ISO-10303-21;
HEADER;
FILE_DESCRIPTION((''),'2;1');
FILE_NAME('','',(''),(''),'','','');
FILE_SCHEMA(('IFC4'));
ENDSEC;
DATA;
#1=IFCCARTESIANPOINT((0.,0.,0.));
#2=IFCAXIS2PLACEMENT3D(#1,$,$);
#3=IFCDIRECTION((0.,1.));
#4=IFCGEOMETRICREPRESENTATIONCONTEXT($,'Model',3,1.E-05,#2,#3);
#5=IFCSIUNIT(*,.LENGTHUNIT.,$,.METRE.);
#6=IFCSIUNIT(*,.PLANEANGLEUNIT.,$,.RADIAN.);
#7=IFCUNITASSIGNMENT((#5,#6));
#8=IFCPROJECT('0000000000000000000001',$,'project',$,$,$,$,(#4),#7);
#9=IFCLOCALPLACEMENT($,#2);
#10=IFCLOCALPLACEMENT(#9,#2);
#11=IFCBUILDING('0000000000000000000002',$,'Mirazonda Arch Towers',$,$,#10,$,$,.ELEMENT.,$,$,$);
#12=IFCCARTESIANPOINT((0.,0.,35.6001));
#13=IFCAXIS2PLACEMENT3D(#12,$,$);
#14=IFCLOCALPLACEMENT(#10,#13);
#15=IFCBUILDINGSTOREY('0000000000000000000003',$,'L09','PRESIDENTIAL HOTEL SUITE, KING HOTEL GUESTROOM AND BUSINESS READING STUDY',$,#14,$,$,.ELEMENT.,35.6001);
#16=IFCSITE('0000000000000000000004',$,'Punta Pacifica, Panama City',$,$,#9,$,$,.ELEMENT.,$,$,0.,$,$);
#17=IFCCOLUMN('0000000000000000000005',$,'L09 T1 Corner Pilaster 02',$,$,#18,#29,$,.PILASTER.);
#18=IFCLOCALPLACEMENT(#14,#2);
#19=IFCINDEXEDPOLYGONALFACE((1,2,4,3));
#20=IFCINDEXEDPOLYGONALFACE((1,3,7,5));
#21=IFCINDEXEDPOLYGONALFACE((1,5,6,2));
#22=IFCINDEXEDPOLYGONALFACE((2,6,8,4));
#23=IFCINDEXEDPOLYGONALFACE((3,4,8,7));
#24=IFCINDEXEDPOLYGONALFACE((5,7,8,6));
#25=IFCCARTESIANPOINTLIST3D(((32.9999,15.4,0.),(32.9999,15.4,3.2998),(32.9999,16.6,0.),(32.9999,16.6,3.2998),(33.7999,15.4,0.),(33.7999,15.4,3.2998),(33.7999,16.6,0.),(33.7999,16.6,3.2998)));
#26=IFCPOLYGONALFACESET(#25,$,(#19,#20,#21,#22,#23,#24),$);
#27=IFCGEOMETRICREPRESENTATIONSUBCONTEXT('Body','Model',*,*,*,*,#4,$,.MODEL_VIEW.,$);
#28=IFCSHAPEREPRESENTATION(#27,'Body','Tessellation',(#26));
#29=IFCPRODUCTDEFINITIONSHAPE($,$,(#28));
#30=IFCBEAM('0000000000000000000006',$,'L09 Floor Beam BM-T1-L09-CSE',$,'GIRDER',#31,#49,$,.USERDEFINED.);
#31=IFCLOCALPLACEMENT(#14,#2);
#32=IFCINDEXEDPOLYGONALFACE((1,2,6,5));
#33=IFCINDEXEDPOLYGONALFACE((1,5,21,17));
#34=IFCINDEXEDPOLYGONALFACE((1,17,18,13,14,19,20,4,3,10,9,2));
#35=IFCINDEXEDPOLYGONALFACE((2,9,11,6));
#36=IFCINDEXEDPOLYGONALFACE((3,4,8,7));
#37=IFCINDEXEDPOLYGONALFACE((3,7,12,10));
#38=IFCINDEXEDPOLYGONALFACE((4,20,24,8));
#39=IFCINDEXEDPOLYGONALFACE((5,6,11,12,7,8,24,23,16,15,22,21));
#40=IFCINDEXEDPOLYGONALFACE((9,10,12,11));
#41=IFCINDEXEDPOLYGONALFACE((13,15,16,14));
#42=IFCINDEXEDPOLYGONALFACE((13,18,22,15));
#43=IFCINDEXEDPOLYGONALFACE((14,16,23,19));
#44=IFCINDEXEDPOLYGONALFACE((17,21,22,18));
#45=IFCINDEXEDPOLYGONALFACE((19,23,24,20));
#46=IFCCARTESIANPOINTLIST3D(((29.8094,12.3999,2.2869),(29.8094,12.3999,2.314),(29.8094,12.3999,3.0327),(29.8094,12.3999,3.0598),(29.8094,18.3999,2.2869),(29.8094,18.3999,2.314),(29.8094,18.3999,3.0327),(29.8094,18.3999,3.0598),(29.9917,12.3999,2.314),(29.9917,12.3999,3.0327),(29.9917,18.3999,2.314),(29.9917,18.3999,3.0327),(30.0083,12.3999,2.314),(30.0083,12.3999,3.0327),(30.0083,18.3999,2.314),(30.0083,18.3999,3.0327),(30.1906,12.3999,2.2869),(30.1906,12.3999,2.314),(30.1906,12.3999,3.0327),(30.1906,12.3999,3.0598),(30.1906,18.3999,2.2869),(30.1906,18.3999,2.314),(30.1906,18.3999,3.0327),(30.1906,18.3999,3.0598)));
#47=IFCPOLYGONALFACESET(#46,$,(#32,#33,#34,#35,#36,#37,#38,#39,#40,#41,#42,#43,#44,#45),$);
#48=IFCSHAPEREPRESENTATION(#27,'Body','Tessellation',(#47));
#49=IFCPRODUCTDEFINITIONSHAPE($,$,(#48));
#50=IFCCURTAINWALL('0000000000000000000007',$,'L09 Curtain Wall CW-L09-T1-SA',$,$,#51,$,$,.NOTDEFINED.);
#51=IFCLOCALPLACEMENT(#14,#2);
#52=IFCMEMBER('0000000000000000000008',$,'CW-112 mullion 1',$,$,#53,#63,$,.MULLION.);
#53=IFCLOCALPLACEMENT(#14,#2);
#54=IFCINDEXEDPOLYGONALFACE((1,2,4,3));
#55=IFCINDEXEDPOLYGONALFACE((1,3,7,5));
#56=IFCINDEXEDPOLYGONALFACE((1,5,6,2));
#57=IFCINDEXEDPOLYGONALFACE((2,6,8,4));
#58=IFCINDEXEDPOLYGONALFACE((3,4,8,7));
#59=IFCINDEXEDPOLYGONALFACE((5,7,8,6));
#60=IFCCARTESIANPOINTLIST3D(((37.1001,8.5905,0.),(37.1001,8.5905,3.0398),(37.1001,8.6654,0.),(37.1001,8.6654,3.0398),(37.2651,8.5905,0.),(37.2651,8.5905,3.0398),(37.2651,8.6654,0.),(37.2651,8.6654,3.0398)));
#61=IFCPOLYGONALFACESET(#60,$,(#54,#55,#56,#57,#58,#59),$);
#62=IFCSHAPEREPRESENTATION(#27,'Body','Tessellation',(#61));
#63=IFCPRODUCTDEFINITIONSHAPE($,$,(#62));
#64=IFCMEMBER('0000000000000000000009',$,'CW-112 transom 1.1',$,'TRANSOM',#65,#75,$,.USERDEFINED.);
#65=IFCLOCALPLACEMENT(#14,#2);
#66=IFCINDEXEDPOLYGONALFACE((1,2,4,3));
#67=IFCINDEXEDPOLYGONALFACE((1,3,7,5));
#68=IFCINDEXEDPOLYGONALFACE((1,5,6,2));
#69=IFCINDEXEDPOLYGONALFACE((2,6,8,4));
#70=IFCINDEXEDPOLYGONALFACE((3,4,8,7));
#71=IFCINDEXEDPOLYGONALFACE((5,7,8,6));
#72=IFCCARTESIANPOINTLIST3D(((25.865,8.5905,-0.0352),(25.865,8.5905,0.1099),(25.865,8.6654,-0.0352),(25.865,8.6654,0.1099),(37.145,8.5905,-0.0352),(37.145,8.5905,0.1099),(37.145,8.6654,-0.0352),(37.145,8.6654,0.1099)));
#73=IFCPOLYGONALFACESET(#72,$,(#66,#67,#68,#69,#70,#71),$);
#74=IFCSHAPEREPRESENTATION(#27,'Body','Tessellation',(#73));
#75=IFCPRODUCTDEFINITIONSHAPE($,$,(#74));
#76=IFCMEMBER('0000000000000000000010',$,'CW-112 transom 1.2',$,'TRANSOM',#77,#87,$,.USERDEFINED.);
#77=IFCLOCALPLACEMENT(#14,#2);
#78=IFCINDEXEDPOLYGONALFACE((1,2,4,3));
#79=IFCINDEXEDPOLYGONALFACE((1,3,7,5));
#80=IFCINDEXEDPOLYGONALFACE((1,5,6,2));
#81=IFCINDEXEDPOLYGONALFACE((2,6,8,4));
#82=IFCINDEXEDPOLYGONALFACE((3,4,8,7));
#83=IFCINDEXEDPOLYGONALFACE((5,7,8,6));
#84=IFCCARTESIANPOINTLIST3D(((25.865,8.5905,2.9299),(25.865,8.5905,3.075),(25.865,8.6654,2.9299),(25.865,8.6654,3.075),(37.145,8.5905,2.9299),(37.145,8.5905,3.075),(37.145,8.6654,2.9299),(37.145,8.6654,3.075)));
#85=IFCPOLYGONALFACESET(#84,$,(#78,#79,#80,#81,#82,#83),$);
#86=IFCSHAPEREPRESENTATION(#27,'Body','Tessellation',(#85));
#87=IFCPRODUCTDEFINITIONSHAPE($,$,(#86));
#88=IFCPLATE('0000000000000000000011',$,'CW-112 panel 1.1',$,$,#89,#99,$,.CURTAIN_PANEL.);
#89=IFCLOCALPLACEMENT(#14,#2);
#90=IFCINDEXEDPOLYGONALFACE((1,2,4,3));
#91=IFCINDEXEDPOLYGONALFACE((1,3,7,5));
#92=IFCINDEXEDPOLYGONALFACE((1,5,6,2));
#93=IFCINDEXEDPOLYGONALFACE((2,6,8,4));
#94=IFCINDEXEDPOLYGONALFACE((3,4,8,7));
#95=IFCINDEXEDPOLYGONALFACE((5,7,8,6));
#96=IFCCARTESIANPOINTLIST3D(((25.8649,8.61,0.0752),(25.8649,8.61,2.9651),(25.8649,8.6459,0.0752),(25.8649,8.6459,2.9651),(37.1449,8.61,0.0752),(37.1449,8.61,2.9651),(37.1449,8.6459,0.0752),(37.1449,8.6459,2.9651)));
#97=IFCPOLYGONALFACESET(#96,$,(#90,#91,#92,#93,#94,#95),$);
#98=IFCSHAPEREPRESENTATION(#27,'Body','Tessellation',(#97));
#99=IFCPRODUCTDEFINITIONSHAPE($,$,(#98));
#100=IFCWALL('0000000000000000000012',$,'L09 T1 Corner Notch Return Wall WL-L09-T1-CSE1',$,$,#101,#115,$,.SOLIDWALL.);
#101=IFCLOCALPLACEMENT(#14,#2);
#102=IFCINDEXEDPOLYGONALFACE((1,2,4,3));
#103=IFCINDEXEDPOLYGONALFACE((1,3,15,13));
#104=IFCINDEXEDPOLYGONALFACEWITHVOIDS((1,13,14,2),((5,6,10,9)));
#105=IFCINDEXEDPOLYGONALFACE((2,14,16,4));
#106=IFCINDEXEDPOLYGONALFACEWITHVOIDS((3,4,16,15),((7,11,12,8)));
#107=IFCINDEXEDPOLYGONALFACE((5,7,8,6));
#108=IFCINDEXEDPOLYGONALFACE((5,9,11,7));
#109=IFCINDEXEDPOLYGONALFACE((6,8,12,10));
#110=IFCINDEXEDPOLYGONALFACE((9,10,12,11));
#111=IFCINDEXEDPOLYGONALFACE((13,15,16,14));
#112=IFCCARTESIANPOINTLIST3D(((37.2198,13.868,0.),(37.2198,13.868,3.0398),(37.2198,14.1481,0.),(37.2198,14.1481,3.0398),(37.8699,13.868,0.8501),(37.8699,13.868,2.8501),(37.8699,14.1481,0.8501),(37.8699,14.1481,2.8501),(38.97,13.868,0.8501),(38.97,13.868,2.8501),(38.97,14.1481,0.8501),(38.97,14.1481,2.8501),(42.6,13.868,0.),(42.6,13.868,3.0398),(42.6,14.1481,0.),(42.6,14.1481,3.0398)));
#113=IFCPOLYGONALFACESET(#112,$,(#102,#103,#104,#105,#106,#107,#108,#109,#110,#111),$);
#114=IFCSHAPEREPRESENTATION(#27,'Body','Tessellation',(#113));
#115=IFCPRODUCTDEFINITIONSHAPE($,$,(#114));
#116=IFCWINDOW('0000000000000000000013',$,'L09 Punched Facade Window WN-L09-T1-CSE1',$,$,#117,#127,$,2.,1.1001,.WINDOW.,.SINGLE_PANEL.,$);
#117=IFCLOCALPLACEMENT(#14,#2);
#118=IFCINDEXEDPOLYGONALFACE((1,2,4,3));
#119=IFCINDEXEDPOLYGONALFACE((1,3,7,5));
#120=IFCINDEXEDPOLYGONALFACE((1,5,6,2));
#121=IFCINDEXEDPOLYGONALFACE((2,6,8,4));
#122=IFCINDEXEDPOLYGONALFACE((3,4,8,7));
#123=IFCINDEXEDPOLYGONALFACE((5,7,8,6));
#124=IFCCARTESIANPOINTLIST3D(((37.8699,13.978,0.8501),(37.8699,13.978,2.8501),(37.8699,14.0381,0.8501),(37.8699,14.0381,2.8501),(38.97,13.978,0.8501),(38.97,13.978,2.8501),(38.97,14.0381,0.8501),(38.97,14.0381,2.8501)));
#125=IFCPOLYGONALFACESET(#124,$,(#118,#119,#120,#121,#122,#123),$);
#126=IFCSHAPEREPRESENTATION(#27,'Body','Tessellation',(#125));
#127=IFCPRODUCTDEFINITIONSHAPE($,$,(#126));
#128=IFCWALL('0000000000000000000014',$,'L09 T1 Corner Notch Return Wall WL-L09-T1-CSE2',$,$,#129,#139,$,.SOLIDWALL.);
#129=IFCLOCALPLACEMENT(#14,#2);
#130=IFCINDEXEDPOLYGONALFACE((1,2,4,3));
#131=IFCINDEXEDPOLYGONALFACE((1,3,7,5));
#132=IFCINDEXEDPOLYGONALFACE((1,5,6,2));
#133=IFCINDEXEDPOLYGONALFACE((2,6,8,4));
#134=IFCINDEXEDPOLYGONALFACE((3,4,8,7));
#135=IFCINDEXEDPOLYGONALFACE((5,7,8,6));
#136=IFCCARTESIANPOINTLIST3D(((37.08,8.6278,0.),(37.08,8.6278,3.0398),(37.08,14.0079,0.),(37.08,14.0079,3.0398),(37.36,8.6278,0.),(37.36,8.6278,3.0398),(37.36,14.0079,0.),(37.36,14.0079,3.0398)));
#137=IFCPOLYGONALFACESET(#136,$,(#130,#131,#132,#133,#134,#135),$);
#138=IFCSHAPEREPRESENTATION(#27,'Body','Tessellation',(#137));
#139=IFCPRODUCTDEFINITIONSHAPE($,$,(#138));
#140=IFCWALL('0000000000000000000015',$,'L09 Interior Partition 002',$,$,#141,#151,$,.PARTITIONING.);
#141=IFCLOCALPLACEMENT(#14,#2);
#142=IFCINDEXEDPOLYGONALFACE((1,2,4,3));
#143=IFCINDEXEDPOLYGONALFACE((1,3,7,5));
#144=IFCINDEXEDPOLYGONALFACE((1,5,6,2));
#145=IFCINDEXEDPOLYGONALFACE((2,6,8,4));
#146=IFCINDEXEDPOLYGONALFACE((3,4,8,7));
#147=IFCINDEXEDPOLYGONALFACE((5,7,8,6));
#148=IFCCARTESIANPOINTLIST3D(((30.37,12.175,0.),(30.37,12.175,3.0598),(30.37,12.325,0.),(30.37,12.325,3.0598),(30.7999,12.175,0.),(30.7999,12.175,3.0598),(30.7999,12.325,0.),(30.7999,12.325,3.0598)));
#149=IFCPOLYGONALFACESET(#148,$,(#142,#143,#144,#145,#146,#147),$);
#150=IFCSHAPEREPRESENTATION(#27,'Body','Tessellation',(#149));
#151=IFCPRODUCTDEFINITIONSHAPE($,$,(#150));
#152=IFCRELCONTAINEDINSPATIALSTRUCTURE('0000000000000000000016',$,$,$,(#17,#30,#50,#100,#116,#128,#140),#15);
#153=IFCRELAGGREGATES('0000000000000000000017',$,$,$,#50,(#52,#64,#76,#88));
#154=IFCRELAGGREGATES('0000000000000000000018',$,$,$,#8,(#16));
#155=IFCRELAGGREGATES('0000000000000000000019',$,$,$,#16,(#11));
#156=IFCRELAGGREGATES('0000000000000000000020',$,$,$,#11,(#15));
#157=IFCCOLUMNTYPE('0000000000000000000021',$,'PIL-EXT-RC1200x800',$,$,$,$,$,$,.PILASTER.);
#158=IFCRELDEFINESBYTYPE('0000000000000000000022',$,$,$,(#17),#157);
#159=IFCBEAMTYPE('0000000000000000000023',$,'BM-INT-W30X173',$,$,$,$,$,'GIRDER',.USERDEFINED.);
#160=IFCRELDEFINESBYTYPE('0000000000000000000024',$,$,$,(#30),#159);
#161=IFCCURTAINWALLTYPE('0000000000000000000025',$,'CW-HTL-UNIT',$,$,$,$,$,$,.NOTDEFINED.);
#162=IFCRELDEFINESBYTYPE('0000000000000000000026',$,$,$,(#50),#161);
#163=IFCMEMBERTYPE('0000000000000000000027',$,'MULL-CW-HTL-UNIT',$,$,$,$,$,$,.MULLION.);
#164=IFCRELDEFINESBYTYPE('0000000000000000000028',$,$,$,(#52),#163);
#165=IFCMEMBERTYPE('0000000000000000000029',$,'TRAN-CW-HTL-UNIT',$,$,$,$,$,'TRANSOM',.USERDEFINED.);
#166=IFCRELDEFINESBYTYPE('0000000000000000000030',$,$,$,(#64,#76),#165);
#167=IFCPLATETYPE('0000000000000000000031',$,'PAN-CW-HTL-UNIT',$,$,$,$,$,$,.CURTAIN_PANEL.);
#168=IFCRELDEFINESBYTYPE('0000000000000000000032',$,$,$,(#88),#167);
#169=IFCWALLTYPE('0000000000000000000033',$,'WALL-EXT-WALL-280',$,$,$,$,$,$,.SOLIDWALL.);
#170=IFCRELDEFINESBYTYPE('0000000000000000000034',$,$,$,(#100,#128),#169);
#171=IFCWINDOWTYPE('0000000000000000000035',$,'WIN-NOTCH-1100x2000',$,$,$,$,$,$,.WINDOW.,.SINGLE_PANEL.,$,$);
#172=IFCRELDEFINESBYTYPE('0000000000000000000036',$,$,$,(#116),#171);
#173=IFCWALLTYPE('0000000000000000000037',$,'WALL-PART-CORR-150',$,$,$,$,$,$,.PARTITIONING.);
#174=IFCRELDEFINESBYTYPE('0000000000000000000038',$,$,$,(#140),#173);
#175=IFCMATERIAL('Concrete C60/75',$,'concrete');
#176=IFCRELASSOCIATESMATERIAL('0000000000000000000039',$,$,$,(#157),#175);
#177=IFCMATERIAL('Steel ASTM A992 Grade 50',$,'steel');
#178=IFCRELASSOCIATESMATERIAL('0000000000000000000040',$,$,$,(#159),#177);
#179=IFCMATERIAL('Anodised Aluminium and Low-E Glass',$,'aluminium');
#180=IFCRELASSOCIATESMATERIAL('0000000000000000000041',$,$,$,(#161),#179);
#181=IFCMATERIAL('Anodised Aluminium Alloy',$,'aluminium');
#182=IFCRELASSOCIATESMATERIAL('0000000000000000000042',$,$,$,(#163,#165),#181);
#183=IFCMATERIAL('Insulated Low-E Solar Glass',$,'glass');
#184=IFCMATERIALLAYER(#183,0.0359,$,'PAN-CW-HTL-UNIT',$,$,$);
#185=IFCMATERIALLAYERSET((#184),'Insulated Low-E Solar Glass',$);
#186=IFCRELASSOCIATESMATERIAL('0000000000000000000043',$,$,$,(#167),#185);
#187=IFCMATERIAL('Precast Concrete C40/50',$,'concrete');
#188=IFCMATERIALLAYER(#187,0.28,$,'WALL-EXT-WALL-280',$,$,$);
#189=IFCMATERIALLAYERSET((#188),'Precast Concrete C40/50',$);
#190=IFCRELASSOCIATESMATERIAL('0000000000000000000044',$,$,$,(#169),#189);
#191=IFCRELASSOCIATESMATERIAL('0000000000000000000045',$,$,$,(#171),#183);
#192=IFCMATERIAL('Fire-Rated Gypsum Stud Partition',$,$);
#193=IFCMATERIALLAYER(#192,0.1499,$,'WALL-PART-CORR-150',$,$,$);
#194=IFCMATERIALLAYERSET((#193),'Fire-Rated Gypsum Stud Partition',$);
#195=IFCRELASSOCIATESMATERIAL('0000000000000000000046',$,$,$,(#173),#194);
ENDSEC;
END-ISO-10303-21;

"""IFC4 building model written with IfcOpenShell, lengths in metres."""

from ifc_helpers import new_model, si_unit, direction, frame, frame_2d, origin, origin_2d, place, context, subcontext, project, spatial, rectangle, i_section, extrude, material, layer, layer_set, material_profile, profile_set, type_object, element, fill, aggregate, save


model = new_model("IFC4")

# Units and contexts
model_context = context("Model", 3, precision=1e-05, world=origin(), true_north=direction((0.0, 1.0)))
body_context = subcontext(model_context, "Body", "Model", "MODEL_VIEW")
ifc_project = project(units=[si_unit("LENGTHUNIT", "METRE"), si_unit("PLANEANGLEUNIT", "RADIAN")], contexts=[model_context])

# Site, building, storey
site_placement = place(None, origin())
site = spatial("IfcSite", under=ifc_project, at=site_placement, Name="Punta Pacifica, Panama City", CompositionType="ELEMENT", RefElevation=0.0)
building_placement = place(site_placement, origin())
building = spatial("IfcBuilding", under=site, at=building_placement, Name="Mirazonda Arch Towers", CompositionType="ELEMENT")
storey_placement = place(building_placement, frame((0.0, 0.0, 35.6001)))
storey = spatial("IfcBuildingStorey", under=building, at=storey_placement, Name="L09", Description="PRESIDENTIAL HOTEL SUITE, KING HOTEL GUESTROOM AND BUSINESS READING STUDY", CompositionType="ELEMENT", Elevation=35.6001)

# Column
ifc_material_1 = material(Name="Concrete C60/75", Category="concrete")
ifc_material_profile_1 = material_profile(ifc_material_1, rectangle(XDim=0.8, YDim=1.2, at=origin_2d()), Name="RC1200x800")
ifc_profile_set_1 = profile_set([ifc_material_profile_1], Name="Concrete C60/75")
column_type = type_object("IfcColumnType", Name="PIL-EXT-RC1200x800", PredefinedType="PILASTER", material=ifc_profile_set_1)
column_placement = place(storey_placement, frame((33.3999, 16.0, 0.0), z_axis=(0.0, 0.0, 1.0), x_axis=(1.0, 0.0, 0.0)))
element("IfcColumn", 1, at=column_placement, inside=storey, type_object=column_type, Name="L09 T1 Corner Pilaster 02", PredefinedType="PILASTER", context=body_context, shape_type="SweptSolid", body=[
    extrude(rectangle(XDim=0.8, YDim=1.2, at=origin_2d()), origin(), (0.0, 0.0, 1.0), 3.2998),
])

# Beam
ifc_material_2 = material(Name="Steel ASTM A992 Grade 50", Category="steel")
ifc_material_profile_2 = material_profile(ifc_material_2, i_section(OverallWidth=0.3811, OverallDepth=0.7729, WebThickness=0.0166, FlangeThickness=0.0271, at=origin_2d()), Name="W30X173")
ifc_profile_set_2 = profile_set([ifc_material_profile_2], Name="Steel ASTM A992 Grade 50")
beam_type = type_object("IfcBeamType", Name="BM-INT-W30X173", ElementType="GIRDER", PredefinedType="USERDEFINED", material=ifc_profile_set_2)
beam_placement = place(storey_placement, frame((30.0, 12.3999, 2.6733), z_axis=(0.0, 1.0, 0.0), x_axis=(-1.0, 0.0, 0.0)))
element("IfcBeam", 2, at=beam_placement, inside=storey, type_object=beam_type, Name="L09 Floor Beam BM-T1-L09-CSE", ObjectType="GIRDER", PredefinedType="USERDEFINED", context=body_context, shape_type="SweptSolid", body=[
    extrude(i_section(OverallWidth=0.3811, OverallDepth=0.7729, WebThickness=0.0166, FlangeThickness=0.0271, at=origin_2d()), origin(), (0.0, 0.0, 1.0), 6.0),
])

# Curtain wall, members, plate
ifc_material_3 = material(Name="Anodised Aluminium and Low-E Glass", Category="aluminium")
curtain_wall_type = type_object("IfcCurtainWallType", Name="CW-HTL-UNIT", PredefinedType="NOTDEFINED", material=ifc_material_3)
curtain_wall_placement = place(storey_placement, origin())
curtain_wall = element("IfcCurtainWall", 3, at=curtain_wall_placement, inside=storey, type_object=curtain_wall_type, Name="L09 Curtain Wall CW-L09-T1-SA", PredefinedType="NOTDEFINED")
ifc_material_4 = material(Name="Anodised Aluminium Alloy", Category="aluminium")
ifc_material_profile_3 = material_profile(ifc_material_4, rectangle(XDim=0.075, YDim=0.165, at=origin_2d()), Name="ALU-MULL-75x165")
ifc_profile_set_3 = profile_set([ifc_material_profile_3], Name="Anodised Aluminium Alloy")
member_type_1 = type_object("IfcMemberType", Name="MULL-CW-HTL-UNIT", PredefinedType="MULLION", material=ifc_profile_set_3)
member_1_placement = place(storey_placement, frame((37.1826, 8.6279, 0.0), z_axis=(0.0, 0.0, 1.0), x_axis=(0.0, -1.0, 0.0)))
member_1 = element("IfcMember", 4, at=member_1_placement, type_object=member_type_1, Name="CW-112 mullion 1", PredefinedType="MULLION", context=body_context, shape_type="SweptSolid", body=[
    extrude(rectangle(XDim=0.075, YDim=0.165, at=origin_2d()), origin(), (0.0, 0.0, 1.0), 3.0398),
])
ifc_material_profile_4 = material_profile(ifc_material_4, rectangle(XDim=0.075, YDim=0.145, at=origin_2d()), Name="ALU-TRAN-75x145")
ifc_profile_set_4 = profile_set([ifc_material_profile_4], Name="Anodised Aluminium Alloy")
member_type_2 = type_object("IfcMemberType", Name="TRAN-CW-HTL-UNIT", ElementType="TRANSOM", PredefinedType="USERDEFINED", material=ifc_profile_set_4)
member_2_placement = place(storey_placement, frame((37.145, 8.6279, 0.0374), z_axis=(-1.0, 0.0, 0.0), x_axis=(0.0, -1.0, 0.0)))
member_2 = element("IfcMember", 5, at=member_2_placement, type_object=member_type_2, Name="CW-112 transom 1.1", ObjectType="TRANSOM", PredefinedType="USERDEFINED", context=body_context, shape_type="SweptSolid", body=[
    extrude(rectangle(XDim=0.075, YDim=0.145, at=origin_2d()), origin(), (0.0, 0.0, 1.0), 11.28),
])
member_3_placement = place(storey_placement, frame((37.145, 8.6279, 3.0024), z_axis=(-1.0, 0.0, 0.0), x_axis=(0.0, -1.0, 0.0)))
member_3 = element("IfcMember", 6, at=member_3_placement, type_object=member_type_2, Name="CW-112 transom 1.2", ObjectType="TRANSOM", PredefinedType="USERDEFINED", context=body_context, shape_type="SweptSolid", body=[
    extrude(rectangle(XDim=0.075, YDim=0.145, at=origin_2d()), origin(), (0.0, 0.0, 1.0), 11.28),
])
ifc_material_5 = material(Name="Insulated Low-E Solar Glass", Category="glass")
ifc_layer_1 = layer(ifc_material_5, 0.0359, Name="PAN-CW-HTL-UNIT")
ifc_layer_set_1 = layer_set([ifc_layer_1], Name="Insulated Low-E Solar Glass")
plate_type = type_object("IfcPlateType", Name="PAN-CW-HTL-UNIT", PredefinedType="CURTAIN_PANEL", material=ifc_layer_set_1)
plate_placement = place(storey_placement, frame((31.5049, 8.6279, 0.0752), z_axis=(0.0, 0.0, 1.0), x_axis=(-1.0, 0.0, 0.0)))
plate = element("IfcPlate", 7, at=plate_placement, type_object=plate_type, Name="CW-112 panel 1.1", PredefinedType="CURTAIN_PANEL", context=body_context, shape_type="SweptSolid", body=[
    extrude(rectangle(XDim=11.28, YDim=0.0359, at=origin_2d()), origin(), (0.0, 0.0, 1.0), 2.8899),
])
aggregate(curtain_wall, [member_1, member_2, member_3, plate])

# Wall, opening, window
ifc_material_6 = material(Name="Precast Concrete C40/50", Category="concrete")
ifc_layer_2 = layer(ifc_material_6, 0.28, Name="WALL-EXT-WALL-280")
ifc_layer_set_2 = layer_set([ifc_layer_2], Name="Precast Concrete C40/50")
wall_type_1 = type_object("IfcWallType", Name="WALL-EXT-WALL-280", PredefinedType="SOLIDWALL", material=ifc_layer_set_2)
wall_1_placement = place(storey_placement, frame((37.22, 14.0081, 0.0), z_axis=(0.0, 0.0, 1.0), x_axis=(1.0, 0.0, 0.0)))
wall_1 = element("IfcWall", 8, at=wall_1_placement, inside=storey, type_object=wall_type_1, Name="L09 T1 Corner Notch Return Wall WL-L09-T1-CSE1", PredefinedType="SOLIDWALL", context=body_context, shape_type="SweptSolid", body=[
    extrude(rectangle(XDim=5.3801, YDim=0.28, at=frame_2d((2.6899, 0.0))), origin(), (0.0, 0.0, 1.0), 3.0398),
])
opening_1_placement = place(wall_1_placement, frame((0.6499, 0.0, 0.8501)))
opening_1 = element("IfcOpeningElement", 9, at=opening_1_placement, cuts=wall_1, PredefinedType="OPENING", context=body_context, shape_type="SweptSolid", body=[
    extrude(rectangle(XDim=1.1001, YDim=2.0, at=frame_2d((0.55, 1.0))), frame((0.0, 0.1499, 0.0), z_axis=(0.0, -1.0, 0.0), x_axis=(1.0, 0.0, 0.0)), (0.0, 0.0, 1.0), 0.3),
])
window_type = type_object("IfcWindowType", Name="WIN-NOTCH-1100x2000", PartitioningType="SINGLE_PANEL", PredefinedType="WINDOW", material=ifc_material_5)
window_placement = place(opening_1_placement, origin())
window = element("IfcWindow", 10, at=window_placement, inside=storey, type_object=window_type, Name="L09 Punched Facade Window WN-L09-T1-CSE1", OverallHeight=2.0, OverallWidth=1.1001, PartitioningType="SINGLE_PANEL", PredefinedType="WINDOW", context=body_context, shape_type="SweptSolid", body=[
    extrude(rectangle(XDim=1.1001, YDim=2.0, at=frame_2d((0.55, 1.0))), frame((0.0, 0.03, 0.0), z_axis=(0.0, -1.0, 0.0), x_axis=(1.0, 0.0, 0.0)), (0.0, 0.0, 1.0), 0.0601),
])
fill(opening_1, window)

# Walls
wall_2_placement = place(storey_placement, frame((37.22, 8.6279, 0.0), z_axis=(0.0, 0.0, 1.0), x_axis=(0.0, 1.0, 0.0)))
element("IfcWall", 11, at=wall_2_placement, inside=storey, type_object=wall_type_1, Name="L09 T1 Corner Notch Return Wall WL-L09-T1-CSE2", PredefinedType="SOLIDWALL", context=body_context, shape_type="SweptSolid", body=[
    extrude(rectangle(XDim=5.3801, YDim=0.28, at=frame_2d((2.6899, 0.0))), origin(), (0.0, 0.0, 1.0), 3.0398),
])
ifc_material_7 = material(Name="Fire-Rated Gypsum Stud Partition")
ifc_layer_3 = layer(ifc_material_7, 0.1499, Name="WALL-PART-CORR-150")
ifc_layer_set_3 = layer_set([ifc_layer_3], Name="Fire-Rated Gypsum Stud Partition")
wall_type_2 = type_object("IfcWallType", Name="WALL-PART-CORR-150", PredefinedType="PARTITIONING", material=ifc_layer_set_3)
wall_3_placement = place(storey_placement, frame((30.3701, 12.25, 0.0), z_axis=(0.0, 0.0, 1.0), x_axis=(1.0, 0.0, 0.0)))
element("IfcWall", 12, at=wall_3_placement, inside=storey, type_object=wall_type_2, Name="L09 Interior Partition 002", PredefinedType="PARTITIONING", context=body_context, shape_type="SweptSolid", body=[
    extrude(rectangle(XDim=0.4299, YDim=0.1499, at=frame_2d((0.2148, 0.0))), origin(), (0.0, 0.0, 1.0), 3.0598),
])

save(model, "model.ifc")
